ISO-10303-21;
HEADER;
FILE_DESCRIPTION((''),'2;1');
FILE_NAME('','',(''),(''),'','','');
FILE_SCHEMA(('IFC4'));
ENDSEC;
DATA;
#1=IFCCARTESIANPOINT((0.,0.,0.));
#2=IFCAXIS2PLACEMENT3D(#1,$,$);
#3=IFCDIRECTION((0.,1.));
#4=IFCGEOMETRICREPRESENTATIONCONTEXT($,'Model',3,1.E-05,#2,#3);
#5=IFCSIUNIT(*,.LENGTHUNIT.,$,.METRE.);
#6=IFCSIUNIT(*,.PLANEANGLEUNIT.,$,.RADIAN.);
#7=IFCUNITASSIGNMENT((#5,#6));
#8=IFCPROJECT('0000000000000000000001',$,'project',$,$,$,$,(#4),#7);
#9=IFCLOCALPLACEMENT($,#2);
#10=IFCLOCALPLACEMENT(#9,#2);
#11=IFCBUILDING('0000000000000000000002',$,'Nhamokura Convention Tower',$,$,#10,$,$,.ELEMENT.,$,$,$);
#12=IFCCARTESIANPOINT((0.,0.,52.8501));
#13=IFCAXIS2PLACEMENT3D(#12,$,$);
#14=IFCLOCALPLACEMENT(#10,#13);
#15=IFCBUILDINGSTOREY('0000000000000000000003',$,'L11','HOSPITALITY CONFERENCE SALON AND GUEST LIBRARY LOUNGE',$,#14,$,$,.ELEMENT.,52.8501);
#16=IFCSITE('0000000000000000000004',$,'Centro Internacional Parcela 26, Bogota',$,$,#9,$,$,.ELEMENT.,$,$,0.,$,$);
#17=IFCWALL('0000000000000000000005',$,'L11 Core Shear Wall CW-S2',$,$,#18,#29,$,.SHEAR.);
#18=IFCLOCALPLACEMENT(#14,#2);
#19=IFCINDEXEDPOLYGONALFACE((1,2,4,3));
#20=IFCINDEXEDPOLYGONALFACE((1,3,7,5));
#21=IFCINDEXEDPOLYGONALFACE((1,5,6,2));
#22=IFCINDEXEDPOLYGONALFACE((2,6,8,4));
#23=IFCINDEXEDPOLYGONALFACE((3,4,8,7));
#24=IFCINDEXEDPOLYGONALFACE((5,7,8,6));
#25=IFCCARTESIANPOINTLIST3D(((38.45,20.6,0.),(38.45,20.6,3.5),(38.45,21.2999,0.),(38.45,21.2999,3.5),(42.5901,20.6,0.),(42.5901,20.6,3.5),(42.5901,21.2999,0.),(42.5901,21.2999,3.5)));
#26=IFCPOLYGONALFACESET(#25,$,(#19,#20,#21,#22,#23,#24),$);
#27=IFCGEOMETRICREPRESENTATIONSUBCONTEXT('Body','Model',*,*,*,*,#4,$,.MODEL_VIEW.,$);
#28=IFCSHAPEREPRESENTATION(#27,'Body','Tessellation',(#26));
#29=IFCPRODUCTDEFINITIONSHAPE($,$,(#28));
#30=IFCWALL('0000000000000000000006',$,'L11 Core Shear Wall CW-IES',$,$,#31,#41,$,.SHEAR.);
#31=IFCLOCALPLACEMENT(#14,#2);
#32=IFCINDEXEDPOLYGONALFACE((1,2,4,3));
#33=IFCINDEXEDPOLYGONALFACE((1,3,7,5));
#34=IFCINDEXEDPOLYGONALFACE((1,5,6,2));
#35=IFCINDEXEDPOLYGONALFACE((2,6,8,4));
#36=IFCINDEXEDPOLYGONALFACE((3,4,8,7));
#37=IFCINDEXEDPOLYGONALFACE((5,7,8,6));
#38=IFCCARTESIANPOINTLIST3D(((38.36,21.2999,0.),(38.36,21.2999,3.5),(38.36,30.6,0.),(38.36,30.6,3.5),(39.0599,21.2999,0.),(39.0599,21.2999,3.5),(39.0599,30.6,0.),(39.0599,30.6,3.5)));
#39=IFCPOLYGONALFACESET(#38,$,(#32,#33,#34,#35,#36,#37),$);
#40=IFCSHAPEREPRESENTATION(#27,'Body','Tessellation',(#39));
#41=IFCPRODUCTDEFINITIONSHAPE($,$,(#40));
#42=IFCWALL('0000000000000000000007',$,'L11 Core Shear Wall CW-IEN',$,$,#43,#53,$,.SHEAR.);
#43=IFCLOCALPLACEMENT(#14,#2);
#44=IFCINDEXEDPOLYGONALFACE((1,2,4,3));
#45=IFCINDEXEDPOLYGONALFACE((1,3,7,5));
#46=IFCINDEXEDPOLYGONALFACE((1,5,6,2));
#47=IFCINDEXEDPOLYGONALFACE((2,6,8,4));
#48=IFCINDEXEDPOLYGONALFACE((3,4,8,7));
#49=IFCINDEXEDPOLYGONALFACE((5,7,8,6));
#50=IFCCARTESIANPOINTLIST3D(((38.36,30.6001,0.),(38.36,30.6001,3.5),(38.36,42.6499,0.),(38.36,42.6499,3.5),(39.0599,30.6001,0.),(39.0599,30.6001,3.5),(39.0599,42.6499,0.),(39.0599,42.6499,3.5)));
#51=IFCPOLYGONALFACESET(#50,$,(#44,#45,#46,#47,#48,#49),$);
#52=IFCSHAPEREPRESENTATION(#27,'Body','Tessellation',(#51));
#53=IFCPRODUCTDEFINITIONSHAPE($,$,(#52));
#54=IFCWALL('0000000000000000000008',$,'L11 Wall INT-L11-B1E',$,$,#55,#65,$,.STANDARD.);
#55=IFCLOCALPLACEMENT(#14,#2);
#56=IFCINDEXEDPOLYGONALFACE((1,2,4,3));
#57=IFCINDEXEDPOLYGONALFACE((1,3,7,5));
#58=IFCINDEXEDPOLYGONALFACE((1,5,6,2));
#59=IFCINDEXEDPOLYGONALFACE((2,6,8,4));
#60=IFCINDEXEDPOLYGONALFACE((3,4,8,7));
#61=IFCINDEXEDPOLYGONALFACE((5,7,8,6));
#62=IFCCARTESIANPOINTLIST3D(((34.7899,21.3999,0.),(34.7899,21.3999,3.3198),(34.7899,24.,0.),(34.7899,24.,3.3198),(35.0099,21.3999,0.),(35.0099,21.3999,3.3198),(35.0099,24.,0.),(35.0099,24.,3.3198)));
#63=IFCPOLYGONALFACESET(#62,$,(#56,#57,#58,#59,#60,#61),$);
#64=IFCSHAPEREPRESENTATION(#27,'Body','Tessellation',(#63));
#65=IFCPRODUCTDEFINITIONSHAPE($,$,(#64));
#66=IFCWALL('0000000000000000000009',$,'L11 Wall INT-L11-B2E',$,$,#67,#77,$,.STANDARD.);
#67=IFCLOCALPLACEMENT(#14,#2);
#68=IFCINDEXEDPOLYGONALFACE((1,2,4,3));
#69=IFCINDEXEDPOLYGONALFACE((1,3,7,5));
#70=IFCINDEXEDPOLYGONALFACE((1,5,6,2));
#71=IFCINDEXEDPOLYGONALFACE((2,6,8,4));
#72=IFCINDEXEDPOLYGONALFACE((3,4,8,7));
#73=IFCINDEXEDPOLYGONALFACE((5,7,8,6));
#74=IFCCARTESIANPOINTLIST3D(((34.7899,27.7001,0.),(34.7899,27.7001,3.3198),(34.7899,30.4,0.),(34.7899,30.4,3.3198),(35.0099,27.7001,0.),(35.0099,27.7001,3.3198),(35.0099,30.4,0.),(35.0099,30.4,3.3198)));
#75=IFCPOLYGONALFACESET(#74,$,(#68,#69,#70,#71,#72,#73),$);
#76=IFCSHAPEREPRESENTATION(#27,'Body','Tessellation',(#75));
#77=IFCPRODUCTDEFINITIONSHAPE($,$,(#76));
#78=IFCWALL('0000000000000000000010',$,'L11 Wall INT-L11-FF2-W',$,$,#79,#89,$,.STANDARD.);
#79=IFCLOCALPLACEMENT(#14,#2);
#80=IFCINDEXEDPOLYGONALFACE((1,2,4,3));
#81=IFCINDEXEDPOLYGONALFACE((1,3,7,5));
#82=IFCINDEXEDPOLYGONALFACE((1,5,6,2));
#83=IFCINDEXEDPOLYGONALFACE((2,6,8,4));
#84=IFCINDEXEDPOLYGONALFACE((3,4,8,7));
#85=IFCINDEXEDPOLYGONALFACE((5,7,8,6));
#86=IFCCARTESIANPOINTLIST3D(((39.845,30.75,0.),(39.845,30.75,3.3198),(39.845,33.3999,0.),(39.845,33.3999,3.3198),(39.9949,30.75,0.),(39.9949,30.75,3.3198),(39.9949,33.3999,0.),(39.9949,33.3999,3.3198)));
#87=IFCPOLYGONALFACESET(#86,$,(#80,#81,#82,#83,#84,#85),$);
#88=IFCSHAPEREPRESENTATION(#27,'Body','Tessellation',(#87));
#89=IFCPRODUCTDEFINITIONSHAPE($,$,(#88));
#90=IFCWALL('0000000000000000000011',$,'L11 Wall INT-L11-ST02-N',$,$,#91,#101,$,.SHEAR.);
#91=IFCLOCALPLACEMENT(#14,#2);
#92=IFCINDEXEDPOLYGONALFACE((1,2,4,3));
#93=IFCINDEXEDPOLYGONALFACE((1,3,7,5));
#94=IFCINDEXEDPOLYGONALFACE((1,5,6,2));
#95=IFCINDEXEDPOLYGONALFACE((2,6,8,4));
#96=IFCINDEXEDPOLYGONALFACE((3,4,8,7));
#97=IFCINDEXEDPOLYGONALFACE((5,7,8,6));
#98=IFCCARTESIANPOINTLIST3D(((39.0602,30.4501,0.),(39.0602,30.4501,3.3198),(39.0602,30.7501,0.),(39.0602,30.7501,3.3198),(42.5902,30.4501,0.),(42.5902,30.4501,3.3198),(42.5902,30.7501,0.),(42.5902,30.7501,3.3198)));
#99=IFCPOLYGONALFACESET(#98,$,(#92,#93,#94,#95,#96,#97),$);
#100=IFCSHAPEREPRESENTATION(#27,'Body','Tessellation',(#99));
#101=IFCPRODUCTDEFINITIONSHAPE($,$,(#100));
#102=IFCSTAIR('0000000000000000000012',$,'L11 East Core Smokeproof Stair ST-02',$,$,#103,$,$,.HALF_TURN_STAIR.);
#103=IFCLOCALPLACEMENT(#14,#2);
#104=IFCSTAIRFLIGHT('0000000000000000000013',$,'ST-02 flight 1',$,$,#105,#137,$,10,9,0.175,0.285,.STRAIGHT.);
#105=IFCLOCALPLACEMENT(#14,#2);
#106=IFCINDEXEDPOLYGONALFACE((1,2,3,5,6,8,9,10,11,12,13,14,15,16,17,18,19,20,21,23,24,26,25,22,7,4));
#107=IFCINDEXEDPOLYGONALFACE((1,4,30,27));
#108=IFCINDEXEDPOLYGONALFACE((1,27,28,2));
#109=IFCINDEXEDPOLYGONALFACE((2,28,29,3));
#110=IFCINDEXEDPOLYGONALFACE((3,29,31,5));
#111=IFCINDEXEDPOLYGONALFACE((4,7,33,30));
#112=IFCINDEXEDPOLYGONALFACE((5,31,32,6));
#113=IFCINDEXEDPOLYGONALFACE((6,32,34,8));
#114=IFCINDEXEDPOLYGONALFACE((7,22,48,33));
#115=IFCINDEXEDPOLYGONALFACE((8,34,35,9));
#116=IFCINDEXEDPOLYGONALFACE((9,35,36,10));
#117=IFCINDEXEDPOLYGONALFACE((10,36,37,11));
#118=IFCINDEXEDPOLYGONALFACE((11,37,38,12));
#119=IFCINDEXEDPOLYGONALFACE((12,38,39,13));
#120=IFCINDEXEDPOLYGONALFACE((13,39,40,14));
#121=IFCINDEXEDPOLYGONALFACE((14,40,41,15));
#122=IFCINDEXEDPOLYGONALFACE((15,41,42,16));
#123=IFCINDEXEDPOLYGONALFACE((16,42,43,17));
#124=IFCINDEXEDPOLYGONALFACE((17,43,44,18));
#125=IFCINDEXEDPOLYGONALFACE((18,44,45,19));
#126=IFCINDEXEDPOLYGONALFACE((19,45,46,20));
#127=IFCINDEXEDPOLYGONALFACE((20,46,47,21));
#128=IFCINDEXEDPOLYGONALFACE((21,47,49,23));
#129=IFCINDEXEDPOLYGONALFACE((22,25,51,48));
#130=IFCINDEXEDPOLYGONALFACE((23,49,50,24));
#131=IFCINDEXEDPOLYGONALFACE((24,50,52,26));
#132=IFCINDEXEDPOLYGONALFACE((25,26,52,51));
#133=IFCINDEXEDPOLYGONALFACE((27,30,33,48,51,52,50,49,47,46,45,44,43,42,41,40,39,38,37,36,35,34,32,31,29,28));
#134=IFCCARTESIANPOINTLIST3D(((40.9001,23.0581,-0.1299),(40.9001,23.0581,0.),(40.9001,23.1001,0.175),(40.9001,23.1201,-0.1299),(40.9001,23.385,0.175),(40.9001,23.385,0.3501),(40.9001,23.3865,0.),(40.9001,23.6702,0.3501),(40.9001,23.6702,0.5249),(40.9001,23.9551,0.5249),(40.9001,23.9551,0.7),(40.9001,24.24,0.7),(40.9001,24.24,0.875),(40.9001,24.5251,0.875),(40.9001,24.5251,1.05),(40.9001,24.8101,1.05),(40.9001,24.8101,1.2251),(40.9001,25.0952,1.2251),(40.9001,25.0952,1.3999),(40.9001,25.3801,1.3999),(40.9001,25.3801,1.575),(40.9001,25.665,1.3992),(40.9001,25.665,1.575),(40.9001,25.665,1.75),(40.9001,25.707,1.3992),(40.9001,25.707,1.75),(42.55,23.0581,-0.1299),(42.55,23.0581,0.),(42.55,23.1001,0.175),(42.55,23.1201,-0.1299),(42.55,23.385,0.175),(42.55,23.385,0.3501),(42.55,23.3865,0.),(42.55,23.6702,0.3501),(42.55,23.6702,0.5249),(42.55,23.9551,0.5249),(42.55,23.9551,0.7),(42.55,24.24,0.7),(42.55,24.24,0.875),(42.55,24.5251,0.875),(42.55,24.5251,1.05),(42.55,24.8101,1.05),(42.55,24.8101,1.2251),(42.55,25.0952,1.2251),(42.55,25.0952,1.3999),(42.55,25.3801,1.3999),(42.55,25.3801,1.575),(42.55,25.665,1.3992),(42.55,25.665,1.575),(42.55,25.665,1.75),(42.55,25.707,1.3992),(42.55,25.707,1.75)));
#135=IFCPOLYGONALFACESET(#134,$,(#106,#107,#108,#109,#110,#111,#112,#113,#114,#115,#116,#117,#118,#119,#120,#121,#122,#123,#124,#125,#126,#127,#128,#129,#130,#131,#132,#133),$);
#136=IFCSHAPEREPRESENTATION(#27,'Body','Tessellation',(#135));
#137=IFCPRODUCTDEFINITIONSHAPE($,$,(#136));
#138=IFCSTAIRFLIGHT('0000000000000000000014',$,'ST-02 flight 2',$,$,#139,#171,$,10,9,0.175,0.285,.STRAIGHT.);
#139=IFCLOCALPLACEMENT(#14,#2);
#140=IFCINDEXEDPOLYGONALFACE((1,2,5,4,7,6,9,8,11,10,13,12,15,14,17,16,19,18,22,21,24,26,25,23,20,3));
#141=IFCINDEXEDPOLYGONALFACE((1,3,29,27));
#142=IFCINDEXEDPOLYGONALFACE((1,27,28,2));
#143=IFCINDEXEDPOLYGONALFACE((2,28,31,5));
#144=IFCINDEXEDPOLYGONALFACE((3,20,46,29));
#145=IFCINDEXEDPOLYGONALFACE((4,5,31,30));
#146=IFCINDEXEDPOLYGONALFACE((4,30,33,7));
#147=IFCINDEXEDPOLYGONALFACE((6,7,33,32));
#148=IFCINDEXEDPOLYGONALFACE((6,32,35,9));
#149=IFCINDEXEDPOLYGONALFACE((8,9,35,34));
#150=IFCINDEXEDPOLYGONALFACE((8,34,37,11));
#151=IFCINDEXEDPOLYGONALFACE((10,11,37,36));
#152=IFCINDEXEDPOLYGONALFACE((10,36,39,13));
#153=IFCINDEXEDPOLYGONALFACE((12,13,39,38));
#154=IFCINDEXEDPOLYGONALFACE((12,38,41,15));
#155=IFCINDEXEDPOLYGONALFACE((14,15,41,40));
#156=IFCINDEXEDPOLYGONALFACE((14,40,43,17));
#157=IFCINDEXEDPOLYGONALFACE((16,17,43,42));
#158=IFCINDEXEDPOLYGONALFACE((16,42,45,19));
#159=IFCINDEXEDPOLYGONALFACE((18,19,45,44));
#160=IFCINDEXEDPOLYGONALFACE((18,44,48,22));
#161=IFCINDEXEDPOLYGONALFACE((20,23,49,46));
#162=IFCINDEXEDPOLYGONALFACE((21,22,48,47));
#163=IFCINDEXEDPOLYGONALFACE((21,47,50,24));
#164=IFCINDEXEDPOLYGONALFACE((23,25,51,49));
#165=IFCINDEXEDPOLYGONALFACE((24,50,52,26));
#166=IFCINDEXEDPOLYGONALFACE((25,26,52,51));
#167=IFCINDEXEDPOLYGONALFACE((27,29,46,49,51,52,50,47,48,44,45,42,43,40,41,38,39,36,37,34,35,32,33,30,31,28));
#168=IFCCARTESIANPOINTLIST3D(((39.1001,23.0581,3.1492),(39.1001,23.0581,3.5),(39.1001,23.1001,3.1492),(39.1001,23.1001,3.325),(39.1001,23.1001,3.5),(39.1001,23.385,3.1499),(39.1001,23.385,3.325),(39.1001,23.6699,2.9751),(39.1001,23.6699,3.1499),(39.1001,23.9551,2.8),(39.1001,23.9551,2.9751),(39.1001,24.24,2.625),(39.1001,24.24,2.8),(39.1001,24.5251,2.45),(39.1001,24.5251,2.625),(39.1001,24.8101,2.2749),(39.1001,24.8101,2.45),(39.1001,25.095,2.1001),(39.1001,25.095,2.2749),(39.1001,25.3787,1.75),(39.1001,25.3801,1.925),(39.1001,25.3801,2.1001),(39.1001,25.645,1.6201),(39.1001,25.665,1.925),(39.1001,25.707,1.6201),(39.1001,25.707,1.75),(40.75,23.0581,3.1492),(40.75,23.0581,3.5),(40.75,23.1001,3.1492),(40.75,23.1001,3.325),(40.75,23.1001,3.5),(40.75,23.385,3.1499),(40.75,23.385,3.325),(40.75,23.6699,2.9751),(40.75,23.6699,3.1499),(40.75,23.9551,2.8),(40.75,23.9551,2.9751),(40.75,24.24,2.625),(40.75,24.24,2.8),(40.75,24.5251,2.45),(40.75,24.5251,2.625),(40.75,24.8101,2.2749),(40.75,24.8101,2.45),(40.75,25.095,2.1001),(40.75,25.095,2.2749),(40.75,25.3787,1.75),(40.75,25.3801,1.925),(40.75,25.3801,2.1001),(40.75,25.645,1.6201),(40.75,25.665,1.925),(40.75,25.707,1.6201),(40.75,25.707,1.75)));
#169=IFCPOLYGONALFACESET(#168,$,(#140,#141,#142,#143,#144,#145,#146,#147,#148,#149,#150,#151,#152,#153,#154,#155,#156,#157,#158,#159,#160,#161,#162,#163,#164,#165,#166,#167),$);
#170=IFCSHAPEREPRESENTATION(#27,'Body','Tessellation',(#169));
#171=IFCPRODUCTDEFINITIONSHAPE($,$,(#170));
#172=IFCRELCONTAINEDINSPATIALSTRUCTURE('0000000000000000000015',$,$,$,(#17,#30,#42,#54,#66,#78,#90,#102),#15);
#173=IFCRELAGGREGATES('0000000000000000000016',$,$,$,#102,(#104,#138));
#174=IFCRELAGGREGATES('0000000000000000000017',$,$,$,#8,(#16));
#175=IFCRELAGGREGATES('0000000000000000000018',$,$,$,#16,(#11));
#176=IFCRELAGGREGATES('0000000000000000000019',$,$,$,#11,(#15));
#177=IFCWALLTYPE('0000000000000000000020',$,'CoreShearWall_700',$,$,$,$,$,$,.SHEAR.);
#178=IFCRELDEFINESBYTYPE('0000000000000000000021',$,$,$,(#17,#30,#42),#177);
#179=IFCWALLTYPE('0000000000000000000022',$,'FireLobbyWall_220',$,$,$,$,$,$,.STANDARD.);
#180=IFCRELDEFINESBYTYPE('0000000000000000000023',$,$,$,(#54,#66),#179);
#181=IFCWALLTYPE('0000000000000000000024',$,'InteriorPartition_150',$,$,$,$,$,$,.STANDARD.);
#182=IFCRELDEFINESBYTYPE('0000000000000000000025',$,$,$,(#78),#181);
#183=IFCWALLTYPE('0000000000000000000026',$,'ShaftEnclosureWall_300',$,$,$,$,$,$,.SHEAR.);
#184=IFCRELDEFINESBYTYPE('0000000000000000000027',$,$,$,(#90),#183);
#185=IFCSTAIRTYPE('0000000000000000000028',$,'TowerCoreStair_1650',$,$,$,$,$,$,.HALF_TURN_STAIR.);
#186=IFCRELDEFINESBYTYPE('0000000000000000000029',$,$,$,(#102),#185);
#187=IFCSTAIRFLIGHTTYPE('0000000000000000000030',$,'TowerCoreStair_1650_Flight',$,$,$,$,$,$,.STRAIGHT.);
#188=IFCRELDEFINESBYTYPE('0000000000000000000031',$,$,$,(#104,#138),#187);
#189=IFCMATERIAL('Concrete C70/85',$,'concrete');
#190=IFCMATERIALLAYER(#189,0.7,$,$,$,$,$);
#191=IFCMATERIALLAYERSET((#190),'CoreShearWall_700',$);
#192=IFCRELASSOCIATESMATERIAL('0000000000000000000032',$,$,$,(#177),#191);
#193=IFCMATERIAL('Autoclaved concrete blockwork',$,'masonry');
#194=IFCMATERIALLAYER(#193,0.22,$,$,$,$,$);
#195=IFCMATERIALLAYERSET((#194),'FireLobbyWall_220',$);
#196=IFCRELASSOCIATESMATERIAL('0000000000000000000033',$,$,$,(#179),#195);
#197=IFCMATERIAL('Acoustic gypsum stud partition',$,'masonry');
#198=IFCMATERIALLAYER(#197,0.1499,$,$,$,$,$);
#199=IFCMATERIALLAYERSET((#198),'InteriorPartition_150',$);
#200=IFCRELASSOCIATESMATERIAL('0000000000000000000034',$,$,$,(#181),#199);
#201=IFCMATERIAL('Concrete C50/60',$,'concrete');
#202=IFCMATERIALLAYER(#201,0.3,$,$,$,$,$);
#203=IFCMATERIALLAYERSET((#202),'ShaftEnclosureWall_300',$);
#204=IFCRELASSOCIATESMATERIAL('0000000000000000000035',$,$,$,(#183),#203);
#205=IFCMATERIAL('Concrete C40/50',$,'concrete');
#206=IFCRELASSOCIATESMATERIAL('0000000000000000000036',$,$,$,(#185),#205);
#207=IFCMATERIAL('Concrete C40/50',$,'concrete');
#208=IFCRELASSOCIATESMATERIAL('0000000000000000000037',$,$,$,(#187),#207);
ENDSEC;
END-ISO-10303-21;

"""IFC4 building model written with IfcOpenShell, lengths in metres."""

from ifc_helpers import new_model, si_unit, direction, frame, frame_2d, origin, place, context, subcontext, project, spatial, polyline, rectangle, outline, extrude, material, layer, layer_set, type_object, element, aggregate, save


model = new_model("IFC4")

# Units and contexts
model_context = context("Model", 3, precision=1e-05, world=origin(), true_north=direction((0.0, 1.0)))
body_context = subcontext(model_context, "Body", "Model", "MODEL_VIEW")
ifc_project = project(units=[si_unit("LENGTHUNIT", "METRE"), si_unit("PLANEANGLEUNIT", "RADIAN")], contexts=[model_context])

# Site, building, storey
site_placement = place(None, origin())
site = spatial("IfcSite", under=ifc_project, at=site_placement, Name="Centro Internacional Parcela 26, Bogota", CompositionType="ELEMENT", RefElevation=0.0)
building_placement = place(site_placement, origin())
building = spatial("IfcBuilding", under=site, at=building_placement, Name="Nhamokura Convention Tower", CompositionType="ELEMENT")
storey_placement = place(building_placement, frame((0.0, 0.0, 52.8501)))
storey = spatial("IfcBuildingStorey", under=building, at=storey_placement, Name="L11", Description="HOSPITALITY CONFERENCE SALON AND GUEST LIBRARY LOUNGE", CompositionType="ELEMENT", Elevation=52.8501)

# Shared definitions
ifc_material_1 = material(Name="Concrete C70/85", Category="concrete")
ifc_layer_1 = layer(ifc_material_1, 0.7)
ifc_layer_set_1 = layer_set([ifc_layer_1], Name="CoreShearWall_700")
wall_type_1 = type_object("IfcWallType", Name="CoreShearWall_700", PredefinedType="SHEAR", material=ifc_layer_set_1)

# Walls
wall_1_placement = place(storey_placement, frame((38.45, 20.95, 0.0), z_axis=(0.0, 0.0, 1.0), x_axis=(1.0, 0.0, 0.0)))
element("IfcWall", 1, at=wall_1_placement, inside=storey, type_object=wall_type_1, Name="L11 Core Shear Wall CW-S2", PredefinedType="SHEAR", context=body_context, shape_type="SweptSolid", body=[
    extrude(rectangle(XDim=4.1401, YDim=0.7, at=frame_2d((2.0701, 0.0))), origin(), (0.0, 0.0, 1.0), 3.5),
])
wall_2_placement = place(storey_placement, frame((38.71, 21.3, 0.0), z_axis=(0.0, 0.0, 1.0), x_axis=(0.0, 1.0, 0.0)))
element("IfcWall", 2, at=wall_2_placement, inside=storey, type_object=wall_type_1, Name="L11 Core Shear Wall CW-IES", PredefinedType="SHEAR", context=body_context, shape_type="SweptSolid", body=[
    extrude(rectangle(XDim=9.3, YDim=0.7, at=frame_2d((4.6499, 0.0))), origin(), (0.0, 0.0, 1.0), 3.5),
])
wall_3_placement = place(storey_placement, frame((38.71, 30.6001, 0.0), z_axis=(0.0, 0.0, 1.0), x_axis=(0.0, 1.0, 0.0)))
element("IfcWall", 3, at=wall_3_placement, inside=storey, type_object=wall_type_1, Name="L11 Core Shear Wall CW-IEN", PredefinedType="SHEAR", context=body_context, shape_type="SweptSolid", body=[
    extrude(rectangle(XDim=12.0498, YDim=0.7, at=frame_2d((6.0249, 0.0))), origin(), (0.0, 0.0, 1.0), 3.5),
])
ifc_material_2 = material(Name="Autoclaved concrete blockwork", Category="masonry")
ifc_layer_2 = layer(ifc_material_2, 0.22)
ifc_layer_set_2 = layer_set([ifc_layer_2], Name="FireLobbyWall_220")
wall_type_2 = type_object("IfcWallType", Name="FireLobbyWall_220", PredefinedType="STANDARD", material=ifc_layer_set_2)
wall_4_placement = place(storey_placement, frame((34.8999, 21.3999, 0.0), z_axis=(0.0, 0.0, 1.0), x_axis=(0.0, 1.0, 0.0)))
element("IfcWall", 4, at=wall_4_placement, inside=storey, type_object=wall_type_2, Name="L11 Wall INT-L11-B1E", PredefinedType="STANDARD", context=body_context, shape_type="SweptSolid", body=[
    extrude(rectangle(XDim=2.6001, YDim=0.22, at=frame_2d((1.3, 0.0))), origin(), (0.0, 0.0, 1.0), 3.3198),
])
wall_5_placement = place(storey_placement, frame((34.8999, 27.7, 0.0), z_axis=(0.0, 0.0, 1.0), x_axis=(0.0, 1.0, 0.0)))
element("IfcWall", 5, at=wall_5_placement, inside=storey, type_object=wall_type_2, Name="L11 Wall INT-L11-B2E", PredefinedType="STANDARD", context=body_context, shape_type="SweptSolid", body=[
    extrude(rectangle(XDim=2.7, YDim=0.22, at=frame_2d((1.3501, 0.0))), origin(), (0.0, 0.0, 1.0), 3.3198),
])
ifc_material_3 = material(Name="Acoustic gypsum stud partition", Category="masonry")
ifc_layer_3 = layer(ifc_material_3, 0.1499)
ifc_layer_set_3 = layer_set([ifc_layer_3], Name="InteriorPartition_150")
wall_type_3 = type_object("IfcWallType", Name="InteriorPartition_150", PredefinedType="STANDARD", material=ifc_layer_set_3)
wall_6_placement = place(storey_placement, frame((39.9199, 30.75, 0.0), z_axis=(0.0, 0.0, 1.0), x_axis=(0.0, 1.0, 0.0)))
element("IfcWall", 6, at=wall_6_placement, inside=storey, type_object=wall_type_3, Name="L11 Wall INT-L11-FF2-W", PredefinedType="STANDARD", context=body_context, shape_type="SweptSolid", body=[
    extrude(rectangle(XDim=2.6499, YDim=0.1499, at=frame_2d((1.325, 0.0))), origin(), (0.0, 0.0, 1.0), 3.3198),
])
ifc_material_4 = material(Name="Concrete C50/60", Category="concrete")
ifc_layer_4 = layer(ifc_material_4, 0.3)
ifc_layer_set_4 = layer_set([ifc_layer_4], Name="ShaftEnclosureWall_300")
wall_type_4 = type_object("IfcWallType", Name="ShaftEnclosureWall_300", PredefinedType="SHEAR", material=ifc_layer_set_4)
wall_7_placement = place(storey_placement, frame((39.0601, 30.6001, 0.0), z_axis=(0.0, 0.0, 1.0), x_axis=(1.0, 0.0, 0.0)))
element("IfcWall", 7, at=wall_7_placement, inside=storey, type_object=wall_type_4, Name="L11 Wall INT-L11-ST02-N", PredefinedType="SHEAR", context=body_context, shape_type="SweptSolid", body=[
    extrude(rectangle(XDim=3.53, YDim=0.3, at=frame_2d((1.7651, 0.0))), origin(), (0.0, 0.0, 1.0), 3.3198),
])

# Stair, stair flights
ifc_material_5 = material(Name="Concrete C40/50", Category="concrete")
stair_type = type_object("IfcStairType", Name="TowerCoreStair_1650", PredefinedType="HALF_TURN_STAIR", material=ifc_material_5)
stair_placement = place(storey_placement, origin())
stair = element("IfcStair", 8, at=stair_placement, inside=storey, type_object=stair_type, Name="L11 East Core Smokeproof Stair ST-02", PredefinedType="HALF_TURN_STAIR")
ifc_material_6 = material(Name="Concrete C40/50", Category="concrete")
stair_flight_type = type_object("IfcStairFlightType", Name="TowerCoreStair_1650_Flight", PredefinedType="STRAIGHT", material=ifc_material_6)
stair_flight_1_placement = place(storey_placement, frame((41.7251, 23.1001, 0.0), z_axis=(0.0, 0.0, 1.0), x_axis=(0.0, 1.0, 0.0)))
stair_flight_1 = element("IfcStairFlight", 9, at=stair_flight_1_placement, type_object=stair_flight_type, Name="ST-02 flight 1", NumberOfRisers=10, NumberOfTreads=9, PredefinedType="STRAIGHT", RiserHeight=0.175, TreadLength=0.285, context=body_context, shape_type="SweptSolid", body=[
    extrude(outline(polyline([(-0.042, 0.0), (0.0, 0.175), (0.2849, 0.175), (0.2849, 0.3501), (0.5701, 0.3501), (0.5701, 0.5249), (0.855, 0.5249), (0.855, 0.7), (1.1399, 0.7), (1.1399, 0.875), (1.425, 0.875), (1.425, 1.05), (1.71, 1.05), (1.71, 1.2251), (1.9951, 1.2251), (1.9951, 1.3999), (2.28, 1.3999), (2.28, 1.575), (2.5649, 1.575), (2.5649, 1.75), (2.6069, 1.75), (2.6069, 1.3992), (2.5649, 1.3992), (0.2864, 0.0), (0.02, -0.1299), (-0.042, -0.1299), (-0.042, 0.0)])), frame((0.0, 0.825, 0.0), z_axis=(0.0, -1.0, 0.0), x_axis=(1.0, 0.0, 0.0)), (0.0, 0.0, 1.0), 1.6499),
])
stair_flight_2_placement = place(storey_placement, frame((39.925, 25.665, 1.75), z_axis=(0.0, 0.0, 1.0), x_axis=(0.0, -1.0, 0.0)))
stair_flight_2 = element("IfcStairFlight", 10, at=stair_flight_2_placement, type_object=stair_flight_type, Name="ST-02 flight 2", NumberOfRisers=10, NumberOfTreads=9, PredefinedType="STRAIGHT", RiserHeight=0.175, TreadLength=0.285, context=body_context, shape_type="SweptSolid", body=[
    extrude(outline(polyline([(-0.042, 0.0), (0.0, 0.175), (0.2849, 0.175), (0.2849, 0.3501), (0.5701, 0.3501), (0.5701, 0.5249), (0.855, 0.5249), (0.855, 0.7), (1.1399, 0.7), (1.1399, 0.875), (1.425, 0.875), (1.425, 1.05), (1.71, 1.05), (1.71, 1.2251), (1.9951, 1.2251), (1.9951, 1.3999), (2.28, 1.3999), (2.28, 1.575), (2.5649, 1.575), (2.5649, 1.75), (2.6069, 1.75), (2.6069, 1.3992), (2.5649, 1.3992), (0.2864, 0.0), (0.02, -0.1299), (-0.042, -0.1299), (-0.042, 0.0)])), frame((0.0, 0.825, 0.0), z_axis=(0.0, -1.0, 0.0), x_axis=(1.0, 0.0, 0.0)), (0.0, 0.0, 1.0), 1.6499),
])
aggregate(stair, [stair_flight_1, stair_flight_2])

save(model, "model.ifc")
